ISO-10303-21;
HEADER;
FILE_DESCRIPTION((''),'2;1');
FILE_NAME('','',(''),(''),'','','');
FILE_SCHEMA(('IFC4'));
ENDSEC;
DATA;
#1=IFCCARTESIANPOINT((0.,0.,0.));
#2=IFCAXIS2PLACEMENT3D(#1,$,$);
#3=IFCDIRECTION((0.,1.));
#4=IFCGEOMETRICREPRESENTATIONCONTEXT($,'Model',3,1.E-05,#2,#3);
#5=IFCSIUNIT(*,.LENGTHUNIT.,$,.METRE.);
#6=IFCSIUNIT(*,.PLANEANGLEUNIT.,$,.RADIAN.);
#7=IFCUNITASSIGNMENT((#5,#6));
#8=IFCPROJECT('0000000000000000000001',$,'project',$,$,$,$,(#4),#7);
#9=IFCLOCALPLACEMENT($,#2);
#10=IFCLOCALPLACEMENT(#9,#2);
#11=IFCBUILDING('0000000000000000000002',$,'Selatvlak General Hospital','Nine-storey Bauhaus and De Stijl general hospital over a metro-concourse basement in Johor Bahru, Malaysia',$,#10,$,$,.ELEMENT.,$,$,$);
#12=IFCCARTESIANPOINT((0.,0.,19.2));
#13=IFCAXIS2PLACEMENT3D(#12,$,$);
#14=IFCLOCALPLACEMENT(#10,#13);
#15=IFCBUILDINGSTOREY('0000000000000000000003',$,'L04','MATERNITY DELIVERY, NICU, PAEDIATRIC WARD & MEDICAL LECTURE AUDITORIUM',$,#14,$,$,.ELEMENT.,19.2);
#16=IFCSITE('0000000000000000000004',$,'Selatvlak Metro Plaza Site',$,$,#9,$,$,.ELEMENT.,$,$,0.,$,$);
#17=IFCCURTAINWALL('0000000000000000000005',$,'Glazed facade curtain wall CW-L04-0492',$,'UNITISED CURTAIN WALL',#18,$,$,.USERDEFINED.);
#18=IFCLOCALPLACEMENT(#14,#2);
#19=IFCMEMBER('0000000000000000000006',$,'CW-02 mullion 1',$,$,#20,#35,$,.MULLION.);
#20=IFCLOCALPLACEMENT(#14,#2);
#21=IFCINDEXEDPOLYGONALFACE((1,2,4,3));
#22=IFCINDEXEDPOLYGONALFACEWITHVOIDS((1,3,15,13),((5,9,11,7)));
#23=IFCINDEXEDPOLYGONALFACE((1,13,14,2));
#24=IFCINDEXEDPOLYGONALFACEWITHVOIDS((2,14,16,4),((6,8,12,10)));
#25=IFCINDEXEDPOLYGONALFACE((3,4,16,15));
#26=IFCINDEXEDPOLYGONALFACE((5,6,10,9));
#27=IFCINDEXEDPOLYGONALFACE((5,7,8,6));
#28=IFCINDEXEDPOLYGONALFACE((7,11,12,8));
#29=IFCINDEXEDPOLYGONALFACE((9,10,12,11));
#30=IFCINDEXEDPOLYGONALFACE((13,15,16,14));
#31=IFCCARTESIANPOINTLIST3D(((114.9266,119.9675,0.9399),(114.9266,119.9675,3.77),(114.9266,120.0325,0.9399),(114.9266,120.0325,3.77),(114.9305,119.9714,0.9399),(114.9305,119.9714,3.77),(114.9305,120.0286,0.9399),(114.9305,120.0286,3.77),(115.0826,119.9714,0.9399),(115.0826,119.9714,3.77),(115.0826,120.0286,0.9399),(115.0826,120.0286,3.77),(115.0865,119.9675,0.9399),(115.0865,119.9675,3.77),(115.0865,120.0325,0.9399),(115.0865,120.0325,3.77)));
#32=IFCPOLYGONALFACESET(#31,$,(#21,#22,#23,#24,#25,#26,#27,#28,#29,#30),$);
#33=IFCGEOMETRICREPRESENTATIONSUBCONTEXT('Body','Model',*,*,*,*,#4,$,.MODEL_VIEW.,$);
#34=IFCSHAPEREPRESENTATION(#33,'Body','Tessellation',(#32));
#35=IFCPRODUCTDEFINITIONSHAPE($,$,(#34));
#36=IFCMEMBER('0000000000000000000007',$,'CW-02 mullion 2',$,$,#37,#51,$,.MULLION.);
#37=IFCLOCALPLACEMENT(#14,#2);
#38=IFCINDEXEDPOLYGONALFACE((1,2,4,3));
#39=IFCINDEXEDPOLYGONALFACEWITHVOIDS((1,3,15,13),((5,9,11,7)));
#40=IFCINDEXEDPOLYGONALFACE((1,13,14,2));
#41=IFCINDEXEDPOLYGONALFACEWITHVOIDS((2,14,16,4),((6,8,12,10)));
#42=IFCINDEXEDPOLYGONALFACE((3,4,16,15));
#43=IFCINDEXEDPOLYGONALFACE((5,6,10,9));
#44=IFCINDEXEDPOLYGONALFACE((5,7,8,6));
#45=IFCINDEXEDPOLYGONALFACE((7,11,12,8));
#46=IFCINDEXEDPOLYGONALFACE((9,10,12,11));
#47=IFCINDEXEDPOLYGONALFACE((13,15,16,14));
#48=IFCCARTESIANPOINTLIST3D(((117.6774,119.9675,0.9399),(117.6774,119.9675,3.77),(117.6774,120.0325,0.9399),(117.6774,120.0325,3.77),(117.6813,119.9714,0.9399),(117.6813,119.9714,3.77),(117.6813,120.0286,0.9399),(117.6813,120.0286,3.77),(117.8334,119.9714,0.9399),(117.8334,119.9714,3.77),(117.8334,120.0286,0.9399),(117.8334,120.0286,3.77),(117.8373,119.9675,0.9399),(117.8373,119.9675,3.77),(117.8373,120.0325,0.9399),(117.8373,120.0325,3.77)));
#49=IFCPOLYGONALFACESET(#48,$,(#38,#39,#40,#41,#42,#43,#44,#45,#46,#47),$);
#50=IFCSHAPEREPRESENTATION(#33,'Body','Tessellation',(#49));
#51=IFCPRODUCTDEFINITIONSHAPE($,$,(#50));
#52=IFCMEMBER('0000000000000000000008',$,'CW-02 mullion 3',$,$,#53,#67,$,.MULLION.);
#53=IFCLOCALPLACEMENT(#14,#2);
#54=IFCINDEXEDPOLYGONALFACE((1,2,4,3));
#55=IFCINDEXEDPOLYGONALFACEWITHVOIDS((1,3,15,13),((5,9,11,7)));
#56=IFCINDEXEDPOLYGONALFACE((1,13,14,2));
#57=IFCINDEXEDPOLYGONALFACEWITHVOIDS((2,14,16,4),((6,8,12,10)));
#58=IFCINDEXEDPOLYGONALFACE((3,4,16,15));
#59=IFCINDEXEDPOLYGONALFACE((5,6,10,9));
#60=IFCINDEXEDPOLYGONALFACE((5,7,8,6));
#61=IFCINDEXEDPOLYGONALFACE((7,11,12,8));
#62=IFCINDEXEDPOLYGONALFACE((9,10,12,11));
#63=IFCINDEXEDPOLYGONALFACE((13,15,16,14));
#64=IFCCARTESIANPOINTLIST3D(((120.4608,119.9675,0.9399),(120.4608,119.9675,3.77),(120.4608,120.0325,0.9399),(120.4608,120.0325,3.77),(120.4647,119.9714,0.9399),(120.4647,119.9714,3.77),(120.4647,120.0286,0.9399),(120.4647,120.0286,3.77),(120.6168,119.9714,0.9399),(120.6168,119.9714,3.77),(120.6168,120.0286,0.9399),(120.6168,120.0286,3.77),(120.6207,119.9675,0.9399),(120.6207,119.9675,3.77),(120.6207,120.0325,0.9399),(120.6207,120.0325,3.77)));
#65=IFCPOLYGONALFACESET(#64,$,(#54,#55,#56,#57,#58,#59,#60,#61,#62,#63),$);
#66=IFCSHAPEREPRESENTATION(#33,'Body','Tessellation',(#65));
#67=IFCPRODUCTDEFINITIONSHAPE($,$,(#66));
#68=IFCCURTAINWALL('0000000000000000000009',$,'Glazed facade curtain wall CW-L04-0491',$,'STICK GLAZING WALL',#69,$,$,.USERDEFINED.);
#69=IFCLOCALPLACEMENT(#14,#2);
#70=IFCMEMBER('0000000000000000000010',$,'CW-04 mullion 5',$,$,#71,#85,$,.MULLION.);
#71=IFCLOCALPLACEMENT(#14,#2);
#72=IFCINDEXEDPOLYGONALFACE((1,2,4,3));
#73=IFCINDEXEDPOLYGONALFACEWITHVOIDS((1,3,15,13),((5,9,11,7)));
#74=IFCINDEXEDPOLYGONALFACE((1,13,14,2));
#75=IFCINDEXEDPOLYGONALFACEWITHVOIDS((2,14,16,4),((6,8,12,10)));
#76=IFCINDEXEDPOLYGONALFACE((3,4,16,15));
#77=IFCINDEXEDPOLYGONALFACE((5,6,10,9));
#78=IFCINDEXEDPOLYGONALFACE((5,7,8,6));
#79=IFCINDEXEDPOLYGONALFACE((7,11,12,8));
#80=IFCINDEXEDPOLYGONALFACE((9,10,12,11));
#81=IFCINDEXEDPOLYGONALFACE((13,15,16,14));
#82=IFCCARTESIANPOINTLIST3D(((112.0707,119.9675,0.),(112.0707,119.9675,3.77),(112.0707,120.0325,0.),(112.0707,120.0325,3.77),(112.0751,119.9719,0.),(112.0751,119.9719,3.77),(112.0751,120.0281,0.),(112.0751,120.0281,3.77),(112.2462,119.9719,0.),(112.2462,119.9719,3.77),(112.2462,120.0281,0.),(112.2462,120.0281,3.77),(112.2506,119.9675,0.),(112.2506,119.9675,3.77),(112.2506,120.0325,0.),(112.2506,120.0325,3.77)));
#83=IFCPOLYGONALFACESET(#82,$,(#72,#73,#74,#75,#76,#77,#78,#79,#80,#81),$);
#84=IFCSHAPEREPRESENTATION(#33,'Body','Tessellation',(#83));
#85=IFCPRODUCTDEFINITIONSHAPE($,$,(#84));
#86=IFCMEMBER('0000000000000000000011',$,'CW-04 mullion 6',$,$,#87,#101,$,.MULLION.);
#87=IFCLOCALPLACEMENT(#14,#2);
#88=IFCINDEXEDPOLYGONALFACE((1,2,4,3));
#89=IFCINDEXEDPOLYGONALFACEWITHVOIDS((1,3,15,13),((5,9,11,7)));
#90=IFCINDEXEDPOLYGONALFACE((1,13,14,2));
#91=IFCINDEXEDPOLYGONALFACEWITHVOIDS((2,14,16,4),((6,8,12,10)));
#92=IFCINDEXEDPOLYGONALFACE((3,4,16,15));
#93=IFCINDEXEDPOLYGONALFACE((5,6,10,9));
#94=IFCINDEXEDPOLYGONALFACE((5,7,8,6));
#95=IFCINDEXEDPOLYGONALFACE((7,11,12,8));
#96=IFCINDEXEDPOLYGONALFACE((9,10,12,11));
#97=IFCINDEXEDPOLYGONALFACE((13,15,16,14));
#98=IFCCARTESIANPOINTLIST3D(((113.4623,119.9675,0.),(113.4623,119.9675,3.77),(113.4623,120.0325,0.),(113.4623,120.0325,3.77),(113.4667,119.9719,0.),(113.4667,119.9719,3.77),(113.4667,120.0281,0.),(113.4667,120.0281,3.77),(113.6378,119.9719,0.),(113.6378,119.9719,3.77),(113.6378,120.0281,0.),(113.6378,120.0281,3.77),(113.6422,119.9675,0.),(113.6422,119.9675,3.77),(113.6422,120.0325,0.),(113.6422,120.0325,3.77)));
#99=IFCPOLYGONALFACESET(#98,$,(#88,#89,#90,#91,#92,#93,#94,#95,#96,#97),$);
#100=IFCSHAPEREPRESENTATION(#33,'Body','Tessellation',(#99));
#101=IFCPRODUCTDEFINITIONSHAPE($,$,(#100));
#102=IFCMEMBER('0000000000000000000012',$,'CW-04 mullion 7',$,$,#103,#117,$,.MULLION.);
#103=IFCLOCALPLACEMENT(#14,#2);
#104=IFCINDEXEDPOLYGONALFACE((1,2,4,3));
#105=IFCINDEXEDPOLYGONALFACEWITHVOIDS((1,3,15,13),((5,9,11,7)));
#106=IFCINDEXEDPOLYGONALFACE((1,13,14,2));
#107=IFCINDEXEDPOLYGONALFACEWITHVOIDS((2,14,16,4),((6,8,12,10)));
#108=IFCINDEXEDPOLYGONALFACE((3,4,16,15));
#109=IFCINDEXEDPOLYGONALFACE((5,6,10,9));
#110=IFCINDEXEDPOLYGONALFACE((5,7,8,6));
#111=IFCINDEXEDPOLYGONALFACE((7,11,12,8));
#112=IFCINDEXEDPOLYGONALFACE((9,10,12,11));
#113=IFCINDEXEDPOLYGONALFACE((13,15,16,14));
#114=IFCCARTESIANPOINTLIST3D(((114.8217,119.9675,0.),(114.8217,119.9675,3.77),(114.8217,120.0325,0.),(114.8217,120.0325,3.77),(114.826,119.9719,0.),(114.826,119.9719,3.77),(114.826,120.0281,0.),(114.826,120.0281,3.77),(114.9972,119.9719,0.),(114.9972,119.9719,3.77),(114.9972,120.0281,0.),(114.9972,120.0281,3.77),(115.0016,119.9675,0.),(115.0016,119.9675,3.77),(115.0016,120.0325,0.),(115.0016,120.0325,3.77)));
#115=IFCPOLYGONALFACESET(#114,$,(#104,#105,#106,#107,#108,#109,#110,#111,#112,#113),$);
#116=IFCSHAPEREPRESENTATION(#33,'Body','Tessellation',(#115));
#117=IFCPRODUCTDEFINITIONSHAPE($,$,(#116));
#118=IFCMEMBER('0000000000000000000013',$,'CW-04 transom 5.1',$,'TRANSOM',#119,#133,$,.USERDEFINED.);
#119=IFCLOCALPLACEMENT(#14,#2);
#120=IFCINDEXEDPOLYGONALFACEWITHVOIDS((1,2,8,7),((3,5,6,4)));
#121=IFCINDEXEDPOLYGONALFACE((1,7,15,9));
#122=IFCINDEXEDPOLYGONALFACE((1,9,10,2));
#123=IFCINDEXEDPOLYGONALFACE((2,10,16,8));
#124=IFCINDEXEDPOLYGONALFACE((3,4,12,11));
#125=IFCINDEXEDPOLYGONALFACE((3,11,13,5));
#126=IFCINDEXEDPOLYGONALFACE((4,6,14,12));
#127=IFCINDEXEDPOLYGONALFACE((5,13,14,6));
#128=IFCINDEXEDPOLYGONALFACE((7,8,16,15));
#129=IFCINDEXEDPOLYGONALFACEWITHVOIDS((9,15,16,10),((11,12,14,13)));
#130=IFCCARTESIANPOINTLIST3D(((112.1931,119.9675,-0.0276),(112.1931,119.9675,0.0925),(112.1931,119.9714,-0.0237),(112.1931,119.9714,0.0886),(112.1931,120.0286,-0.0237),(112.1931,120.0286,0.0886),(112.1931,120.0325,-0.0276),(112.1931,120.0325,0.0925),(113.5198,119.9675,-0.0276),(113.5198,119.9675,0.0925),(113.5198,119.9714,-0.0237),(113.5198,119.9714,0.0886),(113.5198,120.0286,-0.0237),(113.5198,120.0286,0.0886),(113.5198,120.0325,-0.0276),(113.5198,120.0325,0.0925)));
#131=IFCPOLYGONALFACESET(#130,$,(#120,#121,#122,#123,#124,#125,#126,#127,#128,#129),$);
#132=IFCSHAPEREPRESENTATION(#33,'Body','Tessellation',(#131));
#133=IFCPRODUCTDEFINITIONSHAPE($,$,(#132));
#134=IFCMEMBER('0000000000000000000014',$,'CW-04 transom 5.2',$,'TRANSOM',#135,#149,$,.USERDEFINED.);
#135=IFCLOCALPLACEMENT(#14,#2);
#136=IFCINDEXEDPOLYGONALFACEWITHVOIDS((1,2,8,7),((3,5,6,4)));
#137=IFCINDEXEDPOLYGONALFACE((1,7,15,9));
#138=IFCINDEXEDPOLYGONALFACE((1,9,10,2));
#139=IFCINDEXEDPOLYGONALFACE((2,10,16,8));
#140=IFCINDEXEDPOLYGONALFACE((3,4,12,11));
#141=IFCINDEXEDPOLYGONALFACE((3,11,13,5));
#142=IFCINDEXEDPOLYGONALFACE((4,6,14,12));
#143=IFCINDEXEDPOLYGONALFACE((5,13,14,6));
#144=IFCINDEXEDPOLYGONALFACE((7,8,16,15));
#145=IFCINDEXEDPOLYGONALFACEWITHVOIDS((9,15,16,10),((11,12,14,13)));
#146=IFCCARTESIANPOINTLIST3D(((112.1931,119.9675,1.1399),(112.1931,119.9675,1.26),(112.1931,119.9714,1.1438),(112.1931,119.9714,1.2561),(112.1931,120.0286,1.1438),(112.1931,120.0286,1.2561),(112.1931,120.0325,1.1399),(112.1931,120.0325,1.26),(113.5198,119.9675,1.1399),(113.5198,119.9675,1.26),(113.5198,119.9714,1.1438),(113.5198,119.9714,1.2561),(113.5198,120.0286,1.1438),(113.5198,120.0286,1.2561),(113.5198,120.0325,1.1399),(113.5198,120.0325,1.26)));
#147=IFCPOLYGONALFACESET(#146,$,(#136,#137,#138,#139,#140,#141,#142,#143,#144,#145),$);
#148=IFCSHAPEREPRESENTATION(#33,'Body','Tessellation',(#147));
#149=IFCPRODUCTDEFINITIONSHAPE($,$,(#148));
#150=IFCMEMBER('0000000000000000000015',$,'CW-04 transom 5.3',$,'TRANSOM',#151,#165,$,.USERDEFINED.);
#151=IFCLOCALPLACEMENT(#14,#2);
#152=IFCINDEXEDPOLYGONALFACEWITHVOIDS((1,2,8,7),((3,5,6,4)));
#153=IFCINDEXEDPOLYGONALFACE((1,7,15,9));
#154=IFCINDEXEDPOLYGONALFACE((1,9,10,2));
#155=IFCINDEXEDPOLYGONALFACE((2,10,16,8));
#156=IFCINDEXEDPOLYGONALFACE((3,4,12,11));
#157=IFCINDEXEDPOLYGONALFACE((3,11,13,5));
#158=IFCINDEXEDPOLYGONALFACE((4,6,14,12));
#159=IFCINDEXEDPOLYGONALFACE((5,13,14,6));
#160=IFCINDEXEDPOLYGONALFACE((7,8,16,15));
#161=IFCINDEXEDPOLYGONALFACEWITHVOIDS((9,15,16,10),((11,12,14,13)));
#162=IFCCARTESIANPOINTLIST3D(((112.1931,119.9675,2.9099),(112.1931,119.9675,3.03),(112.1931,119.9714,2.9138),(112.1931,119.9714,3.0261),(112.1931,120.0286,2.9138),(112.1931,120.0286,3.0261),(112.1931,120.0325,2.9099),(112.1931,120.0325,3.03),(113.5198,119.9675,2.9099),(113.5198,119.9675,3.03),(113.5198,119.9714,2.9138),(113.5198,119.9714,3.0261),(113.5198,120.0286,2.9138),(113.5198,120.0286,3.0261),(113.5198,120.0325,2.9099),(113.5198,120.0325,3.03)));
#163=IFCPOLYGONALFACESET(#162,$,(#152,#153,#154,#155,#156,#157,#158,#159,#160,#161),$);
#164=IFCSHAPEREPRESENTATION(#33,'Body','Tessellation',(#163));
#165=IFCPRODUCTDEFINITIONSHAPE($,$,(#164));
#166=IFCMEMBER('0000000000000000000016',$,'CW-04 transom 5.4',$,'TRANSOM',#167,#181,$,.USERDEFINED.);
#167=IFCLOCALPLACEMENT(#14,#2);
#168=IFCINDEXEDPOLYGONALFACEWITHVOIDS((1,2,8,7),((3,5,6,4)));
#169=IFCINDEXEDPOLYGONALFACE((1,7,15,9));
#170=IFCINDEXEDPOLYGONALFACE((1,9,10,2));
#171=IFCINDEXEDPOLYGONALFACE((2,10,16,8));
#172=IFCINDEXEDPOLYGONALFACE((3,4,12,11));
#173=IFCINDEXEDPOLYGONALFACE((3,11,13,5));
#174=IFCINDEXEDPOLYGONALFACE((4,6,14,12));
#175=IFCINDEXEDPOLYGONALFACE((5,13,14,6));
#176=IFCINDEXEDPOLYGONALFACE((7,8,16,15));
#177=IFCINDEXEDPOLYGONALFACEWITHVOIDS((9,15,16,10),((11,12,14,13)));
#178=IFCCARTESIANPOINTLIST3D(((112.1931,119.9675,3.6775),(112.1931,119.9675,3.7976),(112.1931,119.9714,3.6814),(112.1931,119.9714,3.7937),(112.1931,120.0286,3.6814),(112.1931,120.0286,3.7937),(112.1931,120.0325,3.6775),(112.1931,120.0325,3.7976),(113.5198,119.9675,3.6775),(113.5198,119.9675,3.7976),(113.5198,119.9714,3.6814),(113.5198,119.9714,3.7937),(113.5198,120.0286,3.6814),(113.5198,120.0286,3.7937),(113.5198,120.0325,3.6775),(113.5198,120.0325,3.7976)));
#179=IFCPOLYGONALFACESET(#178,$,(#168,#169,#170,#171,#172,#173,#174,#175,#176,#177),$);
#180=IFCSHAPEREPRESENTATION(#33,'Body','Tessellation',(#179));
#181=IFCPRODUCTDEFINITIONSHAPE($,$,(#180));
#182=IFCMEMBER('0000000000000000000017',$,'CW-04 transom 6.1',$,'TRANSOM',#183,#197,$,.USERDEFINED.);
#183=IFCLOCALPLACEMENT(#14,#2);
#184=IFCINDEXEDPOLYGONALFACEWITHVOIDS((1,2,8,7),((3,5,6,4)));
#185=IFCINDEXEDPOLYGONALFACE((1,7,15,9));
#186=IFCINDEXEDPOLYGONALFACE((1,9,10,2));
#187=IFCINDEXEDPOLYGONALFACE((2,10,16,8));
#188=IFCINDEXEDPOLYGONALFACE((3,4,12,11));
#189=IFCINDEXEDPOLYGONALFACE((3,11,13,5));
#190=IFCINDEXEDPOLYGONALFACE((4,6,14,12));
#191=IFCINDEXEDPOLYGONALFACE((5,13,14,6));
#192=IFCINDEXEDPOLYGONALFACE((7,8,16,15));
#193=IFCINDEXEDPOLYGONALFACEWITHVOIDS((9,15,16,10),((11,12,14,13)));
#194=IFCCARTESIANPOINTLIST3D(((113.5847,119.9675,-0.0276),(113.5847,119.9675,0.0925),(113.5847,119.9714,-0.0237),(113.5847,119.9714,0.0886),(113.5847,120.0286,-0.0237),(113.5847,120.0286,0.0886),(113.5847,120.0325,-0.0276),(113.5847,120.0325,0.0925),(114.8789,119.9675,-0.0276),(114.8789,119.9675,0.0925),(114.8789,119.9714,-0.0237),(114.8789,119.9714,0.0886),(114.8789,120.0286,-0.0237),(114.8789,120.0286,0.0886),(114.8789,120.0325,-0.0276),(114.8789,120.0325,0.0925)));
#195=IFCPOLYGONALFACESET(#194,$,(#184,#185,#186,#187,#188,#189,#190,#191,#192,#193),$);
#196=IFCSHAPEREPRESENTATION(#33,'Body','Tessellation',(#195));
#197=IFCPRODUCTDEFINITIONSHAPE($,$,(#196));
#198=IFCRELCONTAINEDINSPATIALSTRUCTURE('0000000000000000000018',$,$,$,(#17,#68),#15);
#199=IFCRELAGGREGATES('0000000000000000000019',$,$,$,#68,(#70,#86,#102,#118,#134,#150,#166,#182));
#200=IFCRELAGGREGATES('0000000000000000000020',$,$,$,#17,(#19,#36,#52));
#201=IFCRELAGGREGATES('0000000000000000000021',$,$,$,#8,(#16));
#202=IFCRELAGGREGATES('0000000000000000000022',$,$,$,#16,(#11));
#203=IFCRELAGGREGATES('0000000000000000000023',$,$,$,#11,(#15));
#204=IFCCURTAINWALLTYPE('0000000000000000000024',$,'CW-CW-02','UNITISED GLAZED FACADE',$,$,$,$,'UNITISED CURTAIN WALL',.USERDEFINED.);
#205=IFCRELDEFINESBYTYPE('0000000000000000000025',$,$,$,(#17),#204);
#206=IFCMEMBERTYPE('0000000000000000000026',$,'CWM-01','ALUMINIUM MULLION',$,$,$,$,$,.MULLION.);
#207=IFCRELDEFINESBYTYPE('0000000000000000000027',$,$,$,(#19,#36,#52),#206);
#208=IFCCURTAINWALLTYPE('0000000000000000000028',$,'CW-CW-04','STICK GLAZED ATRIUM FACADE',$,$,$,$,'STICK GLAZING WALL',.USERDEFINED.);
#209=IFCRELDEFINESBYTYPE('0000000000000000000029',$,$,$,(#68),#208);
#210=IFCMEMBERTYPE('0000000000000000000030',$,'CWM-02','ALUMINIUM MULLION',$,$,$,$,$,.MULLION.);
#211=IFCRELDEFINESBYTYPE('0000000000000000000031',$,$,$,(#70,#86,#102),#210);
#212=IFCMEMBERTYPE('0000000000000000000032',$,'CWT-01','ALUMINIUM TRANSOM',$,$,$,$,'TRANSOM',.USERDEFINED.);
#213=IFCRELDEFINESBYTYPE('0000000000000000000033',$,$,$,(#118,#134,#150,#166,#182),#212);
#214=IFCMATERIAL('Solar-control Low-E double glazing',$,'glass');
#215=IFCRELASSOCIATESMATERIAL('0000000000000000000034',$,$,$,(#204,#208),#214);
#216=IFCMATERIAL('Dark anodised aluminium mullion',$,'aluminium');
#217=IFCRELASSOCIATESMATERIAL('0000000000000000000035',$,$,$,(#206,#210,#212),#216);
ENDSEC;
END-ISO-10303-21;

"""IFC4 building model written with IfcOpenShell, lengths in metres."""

from ifc_helpers import new_model, si_unit, direction, frame, origin, origin_2d, place, context, subcontext, project, spatial, hollow_rectangle, extrude, material, material_profile, profile_set, type_object, element, aggregate, save


model = new_model("IFC4")

# Units and contexts
model_context = context("Model", 3, precision=1e-05, world=origin(), true_north=direction((0.0, 1.0)))
body_context = subcontext(model_context, "Body", "Model", "MODEL_VIEW")
ifc_project = project(units=[si_unit("LENGTHUNIT", "METRE"), si_unit("PLANEANGLEUNIT", "RADIAN")], contexts=[model_context])

# Site, building, storey
site_placement = place(None, origin())
site = spatial("IfcSite", under=ifc_project, at=site_placement, Name="Selatvlak Metro Plaza Site", CompositionType="ELEMENT", RefElevation=0.0)
building_placement = place(site_placement, origin())
building = spatial("IfcBuilding", under=site, at=building_placement, Name="Selatvlak General Hospital", Description="Nine-storey Bauhaus and De Stijl general hospital over a metro-concourse basement in Johor Bahru, Malaysia", CompositionType="ELEMENT")
storey_placement = place(building_placement, frame((0.0, 0.0, 19.2)))
storey = spatial("IfcBuildingStorey", under=building, at=storey_placement, Name="L04", Description="MATERNITY DELIVERY, NICU, PAEDIATRIC WARD & MEDICAL LECTURE AUDITORIUM", CompositionType="ELEMENT", Elevation=19.2)

# Curtain walls, members
ifc_material_1 = material(Name="Solar-control Low-E double glazing", Category="glass")
curtain_wall_type_1 = type_object("IfcCurtainWallType", Name="CW-CW-02", Description="UNITISED GLAZED FACADE", ElementType="UNITISED CURTAIN WALL", PredefinedType="USERDEFINED", material=ifc_material_1)
curtain_wall_1_placement = place(storey_placement, origin())
curtain_wall_1 = element("IfcCurtainWall", 1, at=curtain_wall_1_placement, inside=storey, type_object=curtain_wall_type_1, Name="Glazed facade curtain wall CW-L04-0492", ObjectType="UNITISED CURTAIN WALL", PredefinedType="USERDEFINED")
ifc_material_2 = material(Name="Dark anodised aluminium mullion", Category="aluminium")
ifc_material_profile_1 = material_profile(ifc_material_2, hollow_rectangle(XDim=0.0649, YDim=0.1599, WallThickness=0.0039, at=origin_2d()), Name="AL-MUL 65x160x4")
ifc_profile_set_1 = profile_set([ifc_material_profile_1], Name="Dark anodised aluminium mullion")
member_type_1 = type_object("IfcMemberType", Name="CWM-01", Description="ALUMINIUM MULLION", PredefinedType="MULLION", material=ifc_profile_set_1)
member_1_placement = place(storey_placement, frame((115.0066, 120.0, 0.9399), z_axis=(0.0, 0.0, 1.0), x_axis=(0.0, 1.0, 0.0)))
member_1 = element("IfcMember", 2, at=member_1_placement, type_object=member_type_1, Name="CW-02 mullion 1", PredefinedType="MULLION", context=body_context, shape_type="SweptSolid", body=[
    extrude(hollow_rectangle(XDim=0.0649, YDim=0.1599, WallThickness=0.0039, at=origin_2d()), origin(), (0.0, 0.0, 1.0), 2.8301),
])
member_2_placement = place(storey_placement, frame((117.7573, 120.0, 0.9399), z_axis=(0.0, 0.0, 1.0), x_axis=(0.0, 1.0, 0.0)))
member_2 = element("IfcMember", 3, at=member_2_placement, type_object=member_type_1, Name="CW-02 mullion 2", PredefinedType="MULLION", context=body_context, shape_type="SweptSolid", body=[
    extrude(hollow_rectangle(XDim=0.0649, YDim=0.1599, WallThickness=0.0039, at=origin_2d()), origin(), (0.0, 0.0, 1.0), 2.8301),
])
member_3_placement = place(storey_placement, frame((120.5408, 120.0, 0.9399), z_axis=(0.0, 0.0, 1.0), x_axis=(0.0, 1.0, 0.0)))
member_3 = element("IfcMember", 4, at=member_3_placement, type_object=member_type_1, Name="CW-02 mullion 3", PredefinedType="MULLION", context=body_context, shape_type="SweptSolid", body=[
    extrude(hollow_rectangle(XDim=0.0649, YDim=0.1599, WallThickness=0.0039, at=origin_2d()), origin(), (0.0, 0.0, 1.0), 2.8301),
])
curtain_wall_type_2 = type_object("IfcCurtainWallType", Name="CW-CW-04", Description="STICK GLAZED ATRIUM FACADE", ElementType="STICK GLAZING WALL", PredefinedType="USERDEFINED", material=ifc_material_1)
curtain_wall_2_placement = place(storey_placement, origin())
curtain_wall_2 = element("IfcCurtainWall", 5, at=curtain_wall_2_placement, inside=storey, type_object=curtain_wall_type_2, Name="Glazed facade curtain wall CW-L04-0491", ObjectType="STICK GLAZING WALL", PredefinedType="USERDEFINED")
ifc_material_profile_2 = material_profile(ifc_material_2, hollow_rectangle(XDim=0.0649, YDim=0.1799, WallThickness=0.0044, at=origin_2d()), Name="AL-MUL 65x180x4.5")
ifc_profile_set_2 = profile_set([ifc_material_profile_2], Name="Dark anodised aluminium mullion")
member_type_2 = type_object("IfcMemberType", Name="CWM-02", Description="ALUMINIUM MULLION", PredefinedType="MULLION", material=ifc_profile_set_2)
member_4_placement = place(storey_placement, frame((112.1606, 120.0, 0.0), z_axis=(0.0, 0.0, 1.0), x_axis=(0.0, 1.0, 0.0)))
member_4 = element("IfcMember", 6, at=member_4_placement, type_object=member_type_2, Name="CW-04 mullion 5", PredefinedType="MULLION", context=body_context, shape_type="SweptSolid", body=[
    extrude(hollow_rectangle(XDim=0.0649, YDim=0.1799, WallThickness=0.0044, at=origin_2d()), origin(), (0.0, 0.0, 1.0), 3.77),
])
member_5_placement = place(storey_placement, frame((113.5522, 120.0, 0.0), z_axis=(0.0, 0.0, 1.0), x_axis=(0.0, 1.0, 0.0)))
member_5 = element("IfcMember", 7, at=member_5_placement, type_object=member_type_2, Name="CW-04 mullion 6", PredefinedType="MULLION", context=body_context, shape_type="SweptSolid", body=[
    extrude(hollow_rectangle(XDim=0.0649, YDim=0.1799, WallThickness=0.0044, at=origin_2d()), origin(), (0.0, 0.0, 1.0), 3.77),
])
member_6_placement = place(storey_placement, frame((114.9116, 120.0, 0.0), z_axis=(0.0, 0.0, 1.0), x_axis=(0.0, 1.0, 0.0)))
member_6 = element("IfcMember", 8, at=member_6_placement, type_object=member_type_2, Name="CW-04 mullion 7", PredefinedType="MULLION", context=body_context, shape_type="SweptSolid", body=[
    extrude(hollow_rectangle(XDim=0.0649, YDim=0.1799, WallThickness=0.0044, at=origin_2d()), origin(), (0.0, 0.0, 1.0), 3.77),
])
ifc_material_profile_3 = material_profile(ifc_material_2, hollow_rectangle(XDim=0.0649, YDim=0.1201, WallThickness=0.0039, at=origin_2d()), Name="AL-TRN 65x120x4")
ifc_profile_set_3 = profile_set([ifc_material_profile_3], Name="Dark anodised aluminium mullion")
member_type_3 = type_object("IfcMemberType", Name="CWT-01", Description="ALUMINIUM TRANSOM", ElementType="TRANSOM", PredefinedType="USERDEFINED", material=ifc_profile_set_3)
member_7_placement = place(storey_placement, frame((112.1931, 120.0, 0.0325), z_axis=(1.0, 0.0, 0.0), x_axis=(0.0, 1.0, 0.0)))
member_7 = element("IfcMember", 9, at=member_7_placement, type_object=member_type_3, Name="CW-04 transom 5.1", ObjectType="TRANSOM", PredefinedType="USERDEFINED", context=body_context, shape_type="SweptSolid", body=[
    extrude(hollow_rectangle(XDim=0.0649, YDim=0.1201, WallThickness=0.0039, at=origin_2d()), origin(), (0.0, 0.0, 1.0), 1.3267),
])
member_8_placement = place(storey_placement, frame((112.1931, 120.0, 1.2), z_axis=(1.0, 0.0, 0.0), x_axis=(0.0, 1.0, 0.0)))
member_8 = element("IfcMember", 10, at=member_8_placement, type_object=member_type_3, Name="CW-04 transom 5.2", ObjectType="TRANSOM", PredefinedType="USERDEFINED", context=body_context, shape_type="SweptSolid", body=[
    extrude(hollow_rectangle(XDim=0.0649, YDim=0.1201, WallThickness=0.0039, at=origin_2d()), origin(), (0.0, 0.0, 1.0), 1.3267),
])
member_9_placement = place(storey_placement, frame((112.1931, 120.0, 2.97), z_axis=(1.0, 0.0, 0.0), x_axis=(0.0, 1.0, 0.0)))
member_9 = element("IfcMember", 11, at=member_9_placement, type_object=member_type_3, Name="CW-04 transom 5.3", ObjectType="TRANSOM", PredefinedType="USERDEFINED", context=body_context, shape_type="SweptSolid", body=[
    extrude(hollow_rectangle(XDim=0.0649, YDim=0.1201, WallThickness=0.0039, at=origin_2d()), origin(), (0.0, 0.0, 1.0), 1.3267),
])
member_10_placement = place(storey_placement, frame((112.1931, 120.0, 3.7375), z_axis=(1.0, 0.0, 0.0), x_axis=(0.0, 1.0, 0.0)))
member_10 = element("IfcMember", 12, at=member_10_placement, type_object=member_type_3, Name="CW-04 transom 5.4", ObjectType="TRANSOM", PredefinedType="USERDEFINED", context=body_context, shape_type="SweptSolid", body=[
    extrude(hollow_rectangle(XDim=0.0649, YDim=0.1201, WallThickness=0.0039, at=origin_2d()), origin(), (0.0, 0.0, 1.0), 1.3267),
])
member_11_placement = place(storey_placement, frame((113.5847, 120.0, 0.0325), z_axis=(1.0, 0.0, 0.0), x_axis=(0.0, 1.0, 0.0)))
member_11 = element("IfcMember", 13, at=member_11_placement, type_object=member_type_3, Name="CW-04 transom 6.1", ObjectType="TRANSOM", PredefinedType="USERDEFINED", context=body_context, shape_type="SweptSolid", body=[
    extrude(hollow_rectangle(XDim=0.0649, YDim=0.1201, WallThickness=0.0039, at=origin_2d()), origin(), (0.0, 0.0, 1.0), 1.2942),
])

aggregate(curtain_wall_2, [member_4, member_5, member_6, member_7, member_8, member_9, member_10, member_11])
aggregate(curtain_wall_1, [member_1, member_2, member_3])

save(model, "model.ifc")
